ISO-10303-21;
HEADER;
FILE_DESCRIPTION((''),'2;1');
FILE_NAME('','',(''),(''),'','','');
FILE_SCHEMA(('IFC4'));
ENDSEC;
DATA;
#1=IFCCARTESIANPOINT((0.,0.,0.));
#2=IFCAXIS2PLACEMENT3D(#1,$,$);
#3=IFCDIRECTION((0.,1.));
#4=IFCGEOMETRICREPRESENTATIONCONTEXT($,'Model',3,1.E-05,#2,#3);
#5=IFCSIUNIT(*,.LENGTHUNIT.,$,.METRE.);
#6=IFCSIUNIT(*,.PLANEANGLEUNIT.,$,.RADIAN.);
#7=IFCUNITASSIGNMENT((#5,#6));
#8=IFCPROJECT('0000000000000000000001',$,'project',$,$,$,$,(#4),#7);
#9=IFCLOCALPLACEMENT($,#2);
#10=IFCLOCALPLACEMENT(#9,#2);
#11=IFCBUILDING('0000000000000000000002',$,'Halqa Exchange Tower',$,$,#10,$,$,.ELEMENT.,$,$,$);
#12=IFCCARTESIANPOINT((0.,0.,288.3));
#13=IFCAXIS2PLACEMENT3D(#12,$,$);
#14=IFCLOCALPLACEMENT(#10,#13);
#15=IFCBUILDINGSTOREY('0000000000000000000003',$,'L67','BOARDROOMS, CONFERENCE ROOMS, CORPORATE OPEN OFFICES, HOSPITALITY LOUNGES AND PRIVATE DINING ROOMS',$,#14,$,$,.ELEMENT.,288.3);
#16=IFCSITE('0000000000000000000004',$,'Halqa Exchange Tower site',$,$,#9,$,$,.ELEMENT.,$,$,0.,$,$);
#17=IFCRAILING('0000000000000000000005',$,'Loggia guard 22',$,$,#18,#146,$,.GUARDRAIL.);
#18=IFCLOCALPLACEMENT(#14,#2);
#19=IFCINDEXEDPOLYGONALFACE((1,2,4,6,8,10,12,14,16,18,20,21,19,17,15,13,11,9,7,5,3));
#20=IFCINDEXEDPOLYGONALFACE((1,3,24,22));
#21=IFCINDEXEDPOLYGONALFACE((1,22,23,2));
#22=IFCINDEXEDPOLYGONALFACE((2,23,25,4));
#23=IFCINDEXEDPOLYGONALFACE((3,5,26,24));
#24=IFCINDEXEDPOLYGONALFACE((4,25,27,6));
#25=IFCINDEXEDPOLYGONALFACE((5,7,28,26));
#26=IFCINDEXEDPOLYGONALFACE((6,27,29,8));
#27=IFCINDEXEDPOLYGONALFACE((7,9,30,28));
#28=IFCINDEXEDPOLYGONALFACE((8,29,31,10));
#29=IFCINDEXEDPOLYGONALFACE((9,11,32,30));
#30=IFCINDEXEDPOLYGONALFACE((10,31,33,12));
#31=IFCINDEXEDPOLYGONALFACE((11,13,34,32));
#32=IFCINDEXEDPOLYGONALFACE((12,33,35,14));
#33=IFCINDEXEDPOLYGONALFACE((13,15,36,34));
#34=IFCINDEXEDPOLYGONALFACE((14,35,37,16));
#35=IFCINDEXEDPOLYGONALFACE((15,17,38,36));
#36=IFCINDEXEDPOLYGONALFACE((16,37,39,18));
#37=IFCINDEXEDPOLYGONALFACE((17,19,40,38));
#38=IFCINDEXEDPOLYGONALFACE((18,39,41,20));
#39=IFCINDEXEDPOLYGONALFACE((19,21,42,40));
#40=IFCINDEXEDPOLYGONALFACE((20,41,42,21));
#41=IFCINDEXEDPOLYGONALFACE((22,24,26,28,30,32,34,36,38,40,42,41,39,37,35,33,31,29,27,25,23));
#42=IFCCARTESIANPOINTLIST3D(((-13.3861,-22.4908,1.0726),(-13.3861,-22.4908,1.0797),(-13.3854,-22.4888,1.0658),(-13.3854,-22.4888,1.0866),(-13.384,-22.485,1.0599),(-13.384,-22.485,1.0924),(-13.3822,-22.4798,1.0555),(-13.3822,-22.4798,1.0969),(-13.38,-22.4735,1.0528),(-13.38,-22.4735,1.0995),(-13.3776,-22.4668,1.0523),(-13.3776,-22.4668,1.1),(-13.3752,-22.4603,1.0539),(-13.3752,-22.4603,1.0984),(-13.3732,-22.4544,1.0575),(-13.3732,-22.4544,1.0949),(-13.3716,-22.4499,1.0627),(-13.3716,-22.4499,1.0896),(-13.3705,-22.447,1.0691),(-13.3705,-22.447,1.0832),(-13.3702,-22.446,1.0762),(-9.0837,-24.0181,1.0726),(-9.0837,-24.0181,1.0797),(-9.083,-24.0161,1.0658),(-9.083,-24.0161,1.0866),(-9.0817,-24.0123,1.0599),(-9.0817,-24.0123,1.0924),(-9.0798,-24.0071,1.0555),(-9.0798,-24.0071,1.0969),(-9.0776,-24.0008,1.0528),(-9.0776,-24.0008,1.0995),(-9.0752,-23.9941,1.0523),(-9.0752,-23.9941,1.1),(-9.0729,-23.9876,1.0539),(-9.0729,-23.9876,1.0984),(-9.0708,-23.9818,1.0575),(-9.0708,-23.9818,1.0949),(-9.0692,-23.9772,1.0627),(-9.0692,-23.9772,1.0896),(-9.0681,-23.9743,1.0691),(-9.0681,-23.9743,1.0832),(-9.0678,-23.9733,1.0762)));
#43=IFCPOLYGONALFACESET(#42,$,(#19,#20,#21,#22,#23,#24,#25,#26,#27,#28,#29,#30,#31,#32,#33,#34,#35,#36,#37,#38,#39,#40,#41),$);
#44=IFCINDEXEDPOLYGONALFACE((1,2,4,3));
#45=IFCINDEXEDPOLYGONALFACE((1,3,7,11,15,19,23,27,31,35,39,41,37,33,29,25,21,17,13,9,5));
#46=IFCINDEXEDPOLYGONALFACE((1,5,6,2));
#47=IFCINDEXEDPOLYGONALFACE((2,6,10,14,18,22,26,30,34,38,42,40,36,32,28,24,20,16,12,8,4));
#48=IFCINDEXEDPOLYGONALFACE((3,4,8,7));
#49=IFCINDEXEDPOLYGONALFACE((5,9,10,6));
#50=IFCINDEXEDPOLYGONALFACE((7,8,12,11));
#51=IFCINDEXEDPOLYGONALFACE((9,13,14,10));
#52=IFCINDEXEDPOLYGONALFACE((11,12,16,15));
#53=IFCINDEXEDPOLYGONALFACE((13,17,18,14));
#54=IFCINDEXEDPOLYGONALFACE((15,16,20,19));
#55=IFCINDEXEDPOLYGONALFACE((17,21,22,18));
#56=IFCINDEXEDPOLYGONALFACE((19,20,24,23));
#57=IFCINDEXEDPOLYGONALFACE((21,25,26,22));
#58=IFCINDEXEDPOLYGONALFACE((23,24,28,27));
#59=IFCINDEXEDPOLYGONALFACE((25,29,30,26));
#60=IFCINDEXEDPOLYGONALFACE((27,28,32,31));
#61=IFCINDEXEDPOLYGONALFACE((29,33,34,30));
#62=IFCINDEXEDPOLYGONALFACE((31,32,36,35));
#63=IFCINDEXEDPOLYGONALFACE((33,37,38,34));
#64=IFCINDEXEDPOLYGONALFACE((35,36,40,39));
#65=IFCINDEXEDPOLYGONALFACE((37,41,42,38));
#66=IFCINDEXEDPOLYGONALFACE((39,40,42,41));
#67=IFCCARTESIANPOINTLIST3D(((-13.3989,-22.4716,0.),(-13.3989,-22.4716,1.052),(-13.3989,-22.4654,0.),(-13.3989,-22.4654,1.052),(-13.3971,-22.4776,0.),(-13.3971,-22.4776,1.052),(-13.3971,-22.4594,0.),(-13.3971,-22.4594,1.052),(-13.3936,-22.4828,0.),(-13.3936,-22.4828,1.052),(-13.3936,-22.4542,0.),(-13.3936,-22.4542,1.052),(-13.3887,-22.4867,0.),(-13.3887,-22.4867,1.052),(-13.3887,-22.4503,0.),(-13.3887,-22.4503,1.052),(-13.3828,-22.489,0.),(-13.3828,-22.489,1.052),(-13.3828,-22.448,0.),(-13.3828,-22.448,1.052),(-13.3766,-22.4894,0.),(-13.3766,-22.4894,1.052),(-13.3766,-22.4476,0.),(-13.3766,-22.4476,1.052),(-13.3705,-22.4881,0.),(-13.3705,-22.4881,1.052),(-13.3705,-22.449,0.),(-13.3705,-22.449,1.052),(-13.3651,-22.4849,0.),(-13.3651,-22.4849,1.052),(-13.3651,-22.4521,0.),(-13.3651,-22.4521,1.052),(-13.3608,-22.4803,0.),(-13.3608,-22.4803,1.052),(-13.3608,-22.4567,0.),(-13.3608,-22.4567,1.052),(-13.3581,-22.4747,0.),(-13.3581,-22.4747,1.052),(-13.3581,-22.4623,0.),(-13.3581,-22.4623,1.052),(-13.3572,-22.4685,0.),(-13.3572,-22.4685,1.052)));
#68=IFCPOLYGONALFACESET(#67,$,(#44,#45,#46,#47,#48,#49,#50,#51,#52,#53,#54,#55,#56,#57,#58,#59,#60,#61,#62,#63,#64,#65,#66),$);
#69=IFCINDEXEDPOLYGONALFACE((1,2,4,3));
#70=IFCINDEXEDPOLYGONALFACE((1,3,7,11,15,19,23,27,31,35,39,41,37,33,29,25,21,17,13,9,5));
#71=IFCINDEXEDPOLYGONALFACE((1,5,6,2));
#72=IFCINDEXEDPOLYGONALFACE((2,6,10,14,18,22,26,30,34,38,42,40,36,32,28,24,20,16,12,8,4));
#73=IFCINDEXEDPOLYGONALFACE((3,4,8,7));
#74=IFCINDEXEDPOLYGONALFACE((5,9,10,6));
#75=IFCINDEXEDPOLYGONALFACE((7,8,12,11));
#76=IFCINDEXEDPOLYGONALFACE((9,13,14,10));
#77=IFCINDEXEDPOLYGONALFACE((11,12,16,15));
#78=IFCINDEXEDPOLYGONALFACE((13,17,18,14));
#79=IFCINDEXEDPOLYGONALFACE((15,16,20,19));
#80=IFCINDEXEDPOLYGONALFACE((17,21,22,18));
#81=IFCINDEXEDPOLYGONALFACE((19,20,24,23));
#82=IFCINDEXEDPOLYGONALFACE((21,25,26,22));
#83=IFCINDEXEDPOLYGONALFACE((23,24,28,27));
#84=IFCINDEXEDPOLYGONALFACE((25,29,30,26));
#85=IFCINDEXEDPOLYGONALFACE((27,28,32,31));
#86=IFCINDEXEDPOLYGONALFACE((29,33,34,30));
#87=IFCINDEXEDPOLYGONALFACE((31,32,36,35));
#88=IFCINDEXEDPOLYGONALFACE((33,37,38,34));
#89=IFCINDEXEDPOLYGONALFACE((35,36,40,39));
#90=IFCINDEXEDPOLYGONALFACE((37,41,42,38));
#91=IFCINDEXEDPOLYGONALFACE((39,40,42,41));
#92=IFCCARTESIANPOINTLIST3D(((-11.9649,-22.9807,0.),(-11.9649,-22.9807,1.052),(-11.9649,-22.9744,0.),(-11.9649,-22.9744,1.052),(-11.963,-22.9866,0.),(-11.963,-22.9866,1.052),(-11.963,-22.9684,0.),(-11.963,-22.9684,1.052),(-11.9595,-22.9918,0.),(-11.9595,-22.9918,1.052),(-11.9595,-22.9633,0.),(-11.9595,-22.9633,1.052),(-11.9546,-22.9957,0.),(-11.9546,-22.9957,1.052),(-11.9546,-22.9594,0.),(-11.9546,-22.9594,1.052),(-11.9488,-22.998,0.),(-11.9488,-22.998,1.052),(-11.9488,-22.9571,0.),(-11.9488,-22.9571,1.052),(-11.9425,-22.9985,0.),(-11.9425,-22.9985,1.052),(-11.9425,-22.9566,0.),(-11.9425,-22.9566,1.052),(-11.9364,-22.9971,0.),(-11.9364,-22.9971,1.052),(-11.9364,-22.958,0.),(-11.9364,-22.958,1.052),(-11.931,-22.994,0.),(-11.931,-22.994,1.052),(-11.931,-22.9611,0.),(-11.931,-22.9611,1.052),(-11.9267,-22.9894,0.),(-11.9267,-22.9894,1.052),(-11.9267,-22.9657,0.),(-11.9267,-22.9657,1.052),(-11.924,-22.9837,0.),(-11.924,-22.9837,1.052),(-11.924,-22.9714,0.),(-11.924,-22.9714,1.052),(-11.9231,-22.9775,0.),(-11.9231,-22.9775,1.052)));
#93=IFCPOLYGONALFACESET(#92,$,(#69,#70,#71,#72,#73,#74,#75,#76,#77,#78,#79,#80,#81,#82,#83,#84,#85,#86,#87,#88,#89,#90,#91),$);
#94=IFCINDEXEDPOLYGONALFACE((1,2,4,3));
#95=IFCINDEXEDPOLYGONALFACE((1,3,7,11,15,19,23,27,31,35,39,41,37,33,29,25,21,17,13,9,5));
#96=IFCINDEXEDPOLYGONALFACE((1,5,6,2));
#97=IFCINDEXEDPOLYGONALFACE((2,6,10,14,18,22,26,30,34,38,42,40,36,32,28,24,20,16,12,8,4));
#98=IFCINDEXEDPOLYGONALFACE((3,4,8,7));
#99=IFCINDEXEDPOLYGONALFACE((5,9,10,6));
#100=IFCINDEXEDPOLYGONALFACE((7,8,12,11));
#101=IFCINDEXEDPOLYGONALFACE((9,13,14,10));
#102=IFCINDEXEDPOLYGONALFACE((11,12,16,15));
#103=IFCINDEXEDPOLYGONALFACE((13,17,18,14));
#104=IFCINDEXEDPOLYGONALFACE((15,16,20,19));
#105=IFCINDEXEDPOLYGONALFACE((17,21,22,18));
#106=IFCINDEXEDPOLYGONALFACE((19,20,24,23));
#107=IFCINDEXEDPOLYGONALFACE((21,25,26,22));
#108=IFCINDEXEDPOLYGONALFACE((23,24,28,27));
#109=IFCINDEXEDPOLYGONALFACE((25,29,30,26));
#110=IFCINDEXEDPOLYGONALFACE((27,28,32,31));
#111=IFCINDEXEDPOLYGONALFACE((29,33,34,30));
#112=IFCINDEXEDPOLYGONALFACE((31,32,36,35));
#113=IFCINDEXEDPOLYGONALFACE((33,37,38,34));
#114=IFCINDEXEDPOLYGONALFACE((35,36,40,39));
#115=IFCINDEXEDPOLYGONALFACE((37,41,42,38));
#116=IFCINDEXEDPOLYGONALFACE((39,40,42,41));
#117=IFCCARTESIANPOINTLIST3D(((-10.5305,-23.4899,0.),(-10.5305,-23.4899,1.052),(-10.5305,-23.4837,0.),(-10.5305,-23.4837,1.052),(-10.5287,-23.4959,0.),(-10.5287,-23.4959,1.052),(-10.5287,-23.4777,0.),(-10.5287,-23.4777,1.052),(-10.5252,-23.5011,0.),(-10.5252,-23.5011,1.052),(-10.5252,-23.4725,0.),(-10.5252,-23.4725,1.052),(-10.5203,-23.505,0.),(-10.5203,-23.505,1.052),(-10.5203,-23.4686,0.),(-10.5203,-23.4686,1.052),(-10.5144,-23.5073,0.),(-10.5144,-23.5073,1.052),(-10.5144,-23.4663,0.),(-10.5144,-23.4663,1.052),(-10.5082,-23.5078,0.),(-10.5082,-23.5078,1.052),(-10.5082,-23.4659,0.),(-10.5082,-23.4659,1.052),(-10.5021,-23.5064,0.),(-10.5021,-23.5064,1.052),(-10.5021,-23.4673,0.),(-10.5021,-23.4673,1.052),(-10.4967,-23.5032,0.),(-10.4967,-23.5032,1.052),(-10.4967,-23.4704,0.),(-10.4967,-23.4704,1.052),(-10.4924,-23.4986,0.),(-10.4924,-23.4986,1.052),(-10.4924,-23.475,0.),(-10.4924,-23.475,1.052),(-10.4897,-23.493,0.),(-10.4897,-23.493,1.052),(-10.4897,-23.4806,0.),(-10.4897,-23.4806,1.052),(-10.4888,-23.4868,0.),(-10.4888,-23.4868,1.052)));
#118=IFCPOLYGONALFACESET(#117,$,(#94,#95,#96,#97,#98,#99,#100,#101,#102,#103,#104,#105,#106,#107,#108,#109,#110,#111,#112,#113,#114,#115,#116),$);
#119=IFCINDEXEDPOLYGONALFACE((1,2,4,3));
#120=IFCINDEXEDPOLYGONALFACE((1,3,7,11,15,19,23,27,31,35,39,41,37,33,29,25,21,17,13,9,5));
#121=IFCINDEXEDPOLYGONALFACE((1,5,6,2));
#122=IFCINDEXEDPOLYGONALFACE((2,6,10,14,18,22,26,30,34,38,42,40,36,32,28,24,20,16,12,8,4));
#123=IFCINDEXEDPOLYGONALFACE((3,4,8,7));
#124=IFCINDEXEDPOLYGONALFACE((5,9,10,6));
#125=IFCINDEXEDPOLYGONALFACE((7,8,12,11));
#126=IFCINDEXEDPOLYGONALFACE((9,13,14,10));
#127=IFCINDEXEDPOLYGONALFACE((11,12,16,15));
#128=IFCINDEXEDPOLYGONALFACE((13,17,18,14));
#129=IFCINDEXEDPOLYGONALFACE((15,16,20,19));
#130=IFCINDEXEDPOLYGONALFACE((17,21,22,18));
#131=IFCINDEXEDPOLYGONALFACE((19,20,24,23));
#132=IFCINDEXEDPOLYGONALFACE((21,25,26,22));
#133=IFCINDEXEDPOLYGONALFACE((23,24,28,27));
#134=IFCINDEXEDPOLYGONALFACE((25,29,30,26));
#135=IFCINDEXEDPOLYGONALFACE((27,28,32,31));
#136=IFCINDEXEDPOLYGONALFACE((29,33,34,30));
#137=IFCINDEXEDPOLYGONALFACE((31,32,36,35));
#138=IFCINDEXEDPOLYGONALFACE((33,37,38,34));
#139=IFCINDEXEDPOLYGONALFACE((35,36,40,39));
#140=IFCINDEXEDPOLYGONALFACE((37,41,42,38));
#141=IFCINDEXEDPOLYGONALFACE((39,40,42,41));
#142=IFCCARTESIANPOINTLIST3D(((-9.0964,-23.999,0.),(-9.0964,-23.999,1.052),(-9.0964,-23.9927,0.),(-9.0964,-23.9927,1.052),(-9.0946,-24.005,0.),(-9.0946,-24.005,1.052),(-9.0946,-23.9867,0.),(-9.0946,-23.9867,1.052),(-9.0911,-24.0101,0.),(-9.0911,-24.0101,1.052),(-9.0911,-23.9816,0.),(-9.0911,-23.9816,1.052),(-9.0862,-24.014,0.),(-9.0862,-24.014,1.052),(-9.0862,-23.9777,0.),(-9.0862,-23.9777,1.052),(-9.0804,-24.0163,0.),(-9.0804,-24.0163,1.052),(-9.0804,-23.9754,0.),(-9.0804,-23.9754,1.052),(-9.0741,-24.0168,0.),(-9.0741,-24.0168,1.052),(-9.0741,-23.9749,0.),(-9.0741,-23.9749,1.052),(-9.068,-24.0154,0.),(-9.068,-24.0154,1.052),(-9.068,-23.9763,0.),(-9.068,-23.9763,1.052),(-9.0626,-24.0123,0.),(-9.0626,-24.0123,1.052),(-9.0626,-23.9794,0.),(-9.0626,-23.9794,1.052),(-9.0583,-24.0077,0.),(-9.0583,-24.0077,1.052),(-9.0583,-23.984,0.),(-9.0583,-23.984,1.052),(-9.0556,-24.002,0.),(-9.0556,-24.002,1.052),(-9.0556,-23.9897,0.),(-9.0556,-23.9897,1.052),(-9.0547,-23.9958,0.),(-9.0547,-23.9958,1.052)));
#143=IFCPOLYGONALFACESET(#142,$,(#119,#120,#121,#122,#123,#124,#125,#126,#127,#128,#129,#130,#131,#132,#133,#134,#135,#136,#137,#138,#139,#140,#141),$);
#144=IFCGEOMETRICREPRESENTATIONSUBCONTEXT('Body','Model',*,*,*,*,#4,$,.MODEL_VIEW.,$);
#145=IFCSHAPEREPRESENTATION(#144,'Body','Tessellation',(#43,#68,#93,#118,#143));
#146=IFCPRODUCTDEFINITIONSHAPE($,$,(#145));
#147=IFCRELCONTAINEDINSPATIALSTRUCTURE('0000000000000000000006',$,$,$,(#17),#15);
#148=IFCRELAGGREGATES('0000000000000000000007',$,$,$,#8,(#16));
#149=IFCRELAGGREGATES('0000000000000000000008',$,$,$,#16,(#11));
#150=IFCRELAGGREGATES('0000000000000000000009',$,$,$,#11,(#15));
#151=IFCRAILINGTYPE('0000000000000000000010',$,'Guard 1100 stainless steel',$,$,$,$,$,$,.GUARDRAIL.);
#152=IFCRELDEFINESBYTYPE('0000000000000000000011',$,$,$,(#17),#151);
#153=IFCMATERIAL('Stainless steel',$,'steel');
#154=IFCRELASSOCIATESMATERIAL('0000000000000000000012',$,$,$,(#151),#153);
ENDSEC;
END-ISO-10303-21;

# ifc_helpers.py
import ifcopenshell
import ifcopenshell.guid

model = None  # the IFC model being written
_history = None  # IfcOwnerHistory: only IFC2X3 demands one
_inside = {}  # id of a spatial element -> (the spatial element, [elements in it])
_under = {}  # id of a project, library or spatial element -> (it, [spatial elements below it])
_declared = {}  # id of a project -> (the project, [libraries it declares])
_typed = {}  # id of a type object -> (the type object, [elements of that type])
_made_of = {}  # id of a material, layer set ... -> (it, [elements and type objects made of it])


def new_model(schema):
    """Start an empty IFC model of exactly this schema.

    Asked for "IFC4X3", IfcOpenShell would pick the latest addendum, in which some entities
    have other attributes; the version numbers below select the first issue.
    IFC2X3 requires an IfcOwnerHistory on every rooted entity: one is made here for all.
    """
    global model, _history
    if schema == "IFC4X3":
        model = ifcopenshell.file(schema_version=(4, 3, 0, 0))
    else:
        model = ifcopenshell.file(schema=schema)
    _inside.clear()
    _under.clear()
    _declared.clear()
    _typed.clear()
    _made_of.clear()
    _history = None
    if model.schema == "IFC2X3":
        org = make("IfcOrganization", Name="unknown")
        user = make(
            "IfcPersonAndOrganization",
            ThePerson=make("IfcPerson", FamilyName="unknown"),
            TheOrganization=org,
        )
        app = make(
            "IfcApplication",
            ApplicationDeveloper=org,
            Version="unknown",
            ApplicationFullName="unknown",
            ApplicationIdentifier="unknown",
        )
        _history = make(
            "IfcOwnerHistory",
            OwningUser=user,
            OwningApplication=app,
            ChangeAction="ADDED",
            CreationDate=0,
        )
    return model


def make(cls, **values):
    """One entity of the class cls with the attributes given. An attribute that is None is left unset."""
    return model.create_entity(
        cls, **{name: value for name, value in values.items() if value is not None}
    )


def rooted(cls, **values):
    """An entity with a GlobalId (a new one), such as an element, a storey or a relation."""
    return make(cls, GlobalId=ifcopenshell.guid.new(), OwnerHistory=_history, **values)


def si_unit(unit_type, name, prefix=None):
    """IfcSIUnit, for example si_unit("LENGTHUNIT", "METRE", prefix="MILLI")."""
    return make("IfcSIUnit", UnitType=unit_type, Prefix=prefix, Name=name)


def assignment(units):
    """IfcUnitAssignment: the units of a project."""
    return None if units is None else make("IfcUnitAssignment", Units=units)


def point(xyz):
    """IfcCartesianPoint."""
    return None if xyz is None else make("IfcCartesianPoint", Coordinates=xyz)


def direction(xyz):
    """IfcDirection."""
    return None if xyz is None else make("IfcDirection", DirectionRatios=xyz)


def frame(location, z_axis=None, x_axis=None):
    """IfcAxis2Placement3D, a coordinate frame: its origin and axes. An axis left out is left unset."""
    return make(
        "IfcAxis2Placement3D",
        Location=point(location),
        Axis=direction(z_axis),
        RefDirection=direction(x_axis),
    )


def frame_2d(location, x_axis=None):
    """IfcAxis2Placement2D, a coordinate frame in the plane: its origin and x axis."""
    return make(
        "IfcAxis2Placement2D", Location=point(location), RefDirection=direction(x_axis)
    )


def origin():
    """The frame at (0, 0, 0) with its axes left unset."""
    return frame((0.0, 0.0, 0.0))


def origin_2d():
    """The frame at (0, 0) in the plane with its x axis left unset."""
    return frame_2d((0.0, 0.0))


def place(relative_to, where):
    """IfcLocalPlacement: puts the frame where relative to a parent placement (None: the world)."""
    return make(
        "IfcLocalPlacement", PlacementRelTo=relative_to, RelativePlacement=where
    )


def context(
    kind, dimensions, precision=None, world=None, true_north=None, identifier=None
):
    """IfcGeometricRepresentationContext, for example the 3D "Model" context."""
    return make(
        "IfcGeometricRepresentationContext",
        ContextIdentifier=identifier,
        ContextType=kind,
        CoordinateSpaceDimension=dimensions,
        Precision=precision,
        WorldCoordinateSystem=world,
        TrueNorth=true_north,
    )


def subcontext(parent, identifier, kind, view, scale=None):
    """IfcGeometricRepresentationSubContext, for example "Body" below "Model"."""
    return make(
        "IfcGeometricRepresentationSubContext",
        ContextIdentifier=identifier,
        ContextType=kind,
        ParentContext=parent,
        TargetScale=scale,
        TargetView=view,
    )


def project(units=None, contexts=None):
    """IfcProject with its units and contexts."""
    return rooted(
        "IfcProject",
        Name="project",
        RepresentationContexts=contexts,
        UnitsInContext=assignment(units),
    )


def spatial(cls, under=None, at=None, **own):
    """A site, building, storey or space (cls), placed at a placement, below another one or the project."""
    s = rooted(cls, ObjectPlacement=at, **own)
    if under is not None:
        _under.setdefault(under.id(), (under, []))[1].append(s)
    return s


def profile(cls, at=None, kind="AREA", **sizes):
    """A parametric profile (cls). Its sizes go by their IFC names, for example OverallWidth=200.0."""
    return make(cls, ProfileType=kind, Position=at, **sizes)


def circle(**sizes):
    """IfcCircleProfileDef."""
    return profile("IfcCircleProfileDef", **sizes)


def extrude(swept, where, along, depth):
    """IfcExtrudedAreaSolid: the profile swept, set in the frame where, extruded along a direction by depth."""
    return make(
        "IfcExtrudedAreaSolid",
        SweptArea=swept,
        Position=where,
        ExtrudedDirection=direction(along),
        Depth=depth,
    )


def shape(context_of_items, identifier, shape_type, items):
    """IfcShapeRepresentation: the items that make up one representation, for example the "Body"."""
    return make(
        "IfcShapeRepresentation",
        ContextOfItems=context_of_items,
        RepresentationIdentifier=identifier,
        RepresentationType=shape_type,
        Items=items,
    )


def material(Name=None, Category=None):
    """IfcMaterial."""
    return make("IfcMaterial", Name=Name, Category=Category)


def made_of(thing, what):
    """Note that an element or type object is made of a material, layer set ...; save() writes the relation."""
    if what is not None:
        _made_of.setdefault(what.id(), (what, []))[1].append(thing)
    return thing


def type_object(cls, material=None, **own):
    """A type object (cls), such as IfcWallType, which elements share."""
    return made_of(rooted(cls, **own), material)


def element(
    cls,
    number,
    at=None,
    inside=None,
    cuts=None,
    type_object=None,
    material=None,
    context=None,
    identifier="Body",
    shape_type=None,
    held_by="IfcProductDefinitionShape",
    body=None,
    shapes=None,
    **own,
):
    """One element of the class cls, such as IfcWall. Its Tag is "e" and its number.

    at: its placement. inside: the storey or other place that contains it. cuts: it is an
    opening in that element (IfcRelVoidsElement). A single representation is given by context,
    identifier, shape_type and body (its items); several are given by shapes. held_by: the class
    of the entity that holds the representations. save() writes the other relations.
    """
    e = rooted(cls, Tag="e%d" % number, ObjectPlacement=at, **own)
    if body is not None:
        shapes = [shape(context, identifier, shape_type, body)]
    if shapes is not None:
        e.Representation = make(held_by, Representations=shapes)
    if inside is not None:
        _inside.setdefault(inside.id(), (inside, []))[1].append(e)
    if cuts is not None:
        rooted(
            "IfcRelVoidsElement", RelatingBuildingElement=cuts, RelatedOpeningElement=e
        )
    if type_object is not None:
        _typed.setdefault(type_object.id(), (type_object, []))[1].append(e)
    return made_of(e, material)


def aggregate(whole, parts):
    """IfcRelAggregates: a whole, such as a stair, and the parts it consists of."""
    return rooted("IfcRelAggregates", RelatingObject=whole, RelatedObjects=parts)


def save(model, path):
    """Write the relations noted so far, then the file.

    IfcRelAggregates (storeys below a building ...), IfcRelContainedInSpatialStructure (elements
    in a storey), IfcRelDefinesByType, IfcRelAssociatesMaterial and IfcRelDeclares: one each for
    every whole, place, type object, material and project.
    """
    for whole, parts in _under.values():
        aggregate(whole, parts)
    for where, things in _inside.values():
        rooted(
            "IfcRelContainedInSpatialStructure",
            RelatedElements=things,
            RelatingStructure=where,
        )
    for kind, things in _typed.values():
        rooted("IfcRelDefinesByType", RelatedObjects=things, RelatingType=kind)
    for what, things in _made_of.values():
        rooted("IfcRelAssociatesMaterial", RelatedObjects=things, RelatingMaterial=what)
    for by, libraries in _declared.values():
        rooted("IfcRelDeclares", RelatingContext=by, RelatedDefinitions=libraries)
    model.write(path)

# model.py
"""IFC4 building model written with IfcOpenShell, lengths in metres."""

from ifc_helpers import new_model, si_unit, direction, frame, origin, origin_2d, place, context, subcontext, project, spatial, circle, extrude, material, type_object, element, save


model = new_model("IFC4")

# Units and contexts
model_context = context("Model", 3, precision=1e-05, world=origin(), true_north=direction((0.0, 1.0)))
body_context = subcontext(model_context, "Body", "Model", "MODEL_VIEW")
ifc_project = project(units=[si_unit("LENGTHUNIT", "METRE"), si_unit("PLANEANGLEUNIT", "RADIAN")], contexts=[model_context])

# Site, building, storey
site_placement = place(None, origin())
site = spatial("IfcSite", under=ifc_project, at=site_placement, Name="Halqa Exchange Tower site", CompositionType="ELEMENT", RefElevation=0.0)
building_placement = place(site_placement, origin())
building = spatial("IfcBuilding", under=site, at=building_placement, Name="Halqa Exchange Tower", CompositionType="ELEMENT")
storey_placement = place(building_placement, frame((0.0, 0.0, 288.3)))
storey = spatial("IfcBuildingStorey", under=building, at=storey_placement, Name="L67", Description="BOARDROOMS, CONFERENCE ROOMS, CORPORATE OPEN OFFICES, HOSPITALITY LOUNGES AND PRIVATE DINING ROOMS", CompositionType="ELEMENT", Elevation=288.3)

# Railing
ifc_material_1 = material(Name="Stainless steel", Category="steel")
railing_type = type_object("IfcRailingType", Name="Guard 1100 stainless steel", PredefinedType="GUARDRAIL", material=ifc_material_1)
railing_1_placement = place(storey_placement, frame((-13.3782, -22.4685, 0.0)))
element("IfcRailing", 1, at=railing_1_placement, inside=storey, type_object=railing_type, Name="Loggia guard 22", PredefinedType="GUARDRAIL", context=body_context, shape_type="SweptSolid", body=[
    extrude(circle(Radius=0.0239, at=origin_2d()), frame((0.0, 0.0, 1.0762), z_axis=(0.942383, -0.334537, 0.0), x_axis=(0.334537, 0.942383, 0.0)), (0.0, 0.0, 1.0), 4.5654),
    extrude(circle(Radius=0.021, at=origin_2d()), origin(), (0.0, 0.0, 1.0), 1.052),
    extrude(circle(Radius=0.021, at=origin_2d()), frame((1.4341, -0.509, 0.0)), (0.0, 0.0, 1.0), 1.052),
    extrude(circle(Radius=0.021, at=origin_2d()), frame((2.8684, -1.0183, 0.0)), (0.0, 0.0, 1.0), 1.052),
    extrude(circle(Radius=0.021, at=origin_2d()), frame((4.3025, -1.5273, 0.0)), (0.0, 0.0, 1.0), 1.052),
])

save(model, "model.ifc")
